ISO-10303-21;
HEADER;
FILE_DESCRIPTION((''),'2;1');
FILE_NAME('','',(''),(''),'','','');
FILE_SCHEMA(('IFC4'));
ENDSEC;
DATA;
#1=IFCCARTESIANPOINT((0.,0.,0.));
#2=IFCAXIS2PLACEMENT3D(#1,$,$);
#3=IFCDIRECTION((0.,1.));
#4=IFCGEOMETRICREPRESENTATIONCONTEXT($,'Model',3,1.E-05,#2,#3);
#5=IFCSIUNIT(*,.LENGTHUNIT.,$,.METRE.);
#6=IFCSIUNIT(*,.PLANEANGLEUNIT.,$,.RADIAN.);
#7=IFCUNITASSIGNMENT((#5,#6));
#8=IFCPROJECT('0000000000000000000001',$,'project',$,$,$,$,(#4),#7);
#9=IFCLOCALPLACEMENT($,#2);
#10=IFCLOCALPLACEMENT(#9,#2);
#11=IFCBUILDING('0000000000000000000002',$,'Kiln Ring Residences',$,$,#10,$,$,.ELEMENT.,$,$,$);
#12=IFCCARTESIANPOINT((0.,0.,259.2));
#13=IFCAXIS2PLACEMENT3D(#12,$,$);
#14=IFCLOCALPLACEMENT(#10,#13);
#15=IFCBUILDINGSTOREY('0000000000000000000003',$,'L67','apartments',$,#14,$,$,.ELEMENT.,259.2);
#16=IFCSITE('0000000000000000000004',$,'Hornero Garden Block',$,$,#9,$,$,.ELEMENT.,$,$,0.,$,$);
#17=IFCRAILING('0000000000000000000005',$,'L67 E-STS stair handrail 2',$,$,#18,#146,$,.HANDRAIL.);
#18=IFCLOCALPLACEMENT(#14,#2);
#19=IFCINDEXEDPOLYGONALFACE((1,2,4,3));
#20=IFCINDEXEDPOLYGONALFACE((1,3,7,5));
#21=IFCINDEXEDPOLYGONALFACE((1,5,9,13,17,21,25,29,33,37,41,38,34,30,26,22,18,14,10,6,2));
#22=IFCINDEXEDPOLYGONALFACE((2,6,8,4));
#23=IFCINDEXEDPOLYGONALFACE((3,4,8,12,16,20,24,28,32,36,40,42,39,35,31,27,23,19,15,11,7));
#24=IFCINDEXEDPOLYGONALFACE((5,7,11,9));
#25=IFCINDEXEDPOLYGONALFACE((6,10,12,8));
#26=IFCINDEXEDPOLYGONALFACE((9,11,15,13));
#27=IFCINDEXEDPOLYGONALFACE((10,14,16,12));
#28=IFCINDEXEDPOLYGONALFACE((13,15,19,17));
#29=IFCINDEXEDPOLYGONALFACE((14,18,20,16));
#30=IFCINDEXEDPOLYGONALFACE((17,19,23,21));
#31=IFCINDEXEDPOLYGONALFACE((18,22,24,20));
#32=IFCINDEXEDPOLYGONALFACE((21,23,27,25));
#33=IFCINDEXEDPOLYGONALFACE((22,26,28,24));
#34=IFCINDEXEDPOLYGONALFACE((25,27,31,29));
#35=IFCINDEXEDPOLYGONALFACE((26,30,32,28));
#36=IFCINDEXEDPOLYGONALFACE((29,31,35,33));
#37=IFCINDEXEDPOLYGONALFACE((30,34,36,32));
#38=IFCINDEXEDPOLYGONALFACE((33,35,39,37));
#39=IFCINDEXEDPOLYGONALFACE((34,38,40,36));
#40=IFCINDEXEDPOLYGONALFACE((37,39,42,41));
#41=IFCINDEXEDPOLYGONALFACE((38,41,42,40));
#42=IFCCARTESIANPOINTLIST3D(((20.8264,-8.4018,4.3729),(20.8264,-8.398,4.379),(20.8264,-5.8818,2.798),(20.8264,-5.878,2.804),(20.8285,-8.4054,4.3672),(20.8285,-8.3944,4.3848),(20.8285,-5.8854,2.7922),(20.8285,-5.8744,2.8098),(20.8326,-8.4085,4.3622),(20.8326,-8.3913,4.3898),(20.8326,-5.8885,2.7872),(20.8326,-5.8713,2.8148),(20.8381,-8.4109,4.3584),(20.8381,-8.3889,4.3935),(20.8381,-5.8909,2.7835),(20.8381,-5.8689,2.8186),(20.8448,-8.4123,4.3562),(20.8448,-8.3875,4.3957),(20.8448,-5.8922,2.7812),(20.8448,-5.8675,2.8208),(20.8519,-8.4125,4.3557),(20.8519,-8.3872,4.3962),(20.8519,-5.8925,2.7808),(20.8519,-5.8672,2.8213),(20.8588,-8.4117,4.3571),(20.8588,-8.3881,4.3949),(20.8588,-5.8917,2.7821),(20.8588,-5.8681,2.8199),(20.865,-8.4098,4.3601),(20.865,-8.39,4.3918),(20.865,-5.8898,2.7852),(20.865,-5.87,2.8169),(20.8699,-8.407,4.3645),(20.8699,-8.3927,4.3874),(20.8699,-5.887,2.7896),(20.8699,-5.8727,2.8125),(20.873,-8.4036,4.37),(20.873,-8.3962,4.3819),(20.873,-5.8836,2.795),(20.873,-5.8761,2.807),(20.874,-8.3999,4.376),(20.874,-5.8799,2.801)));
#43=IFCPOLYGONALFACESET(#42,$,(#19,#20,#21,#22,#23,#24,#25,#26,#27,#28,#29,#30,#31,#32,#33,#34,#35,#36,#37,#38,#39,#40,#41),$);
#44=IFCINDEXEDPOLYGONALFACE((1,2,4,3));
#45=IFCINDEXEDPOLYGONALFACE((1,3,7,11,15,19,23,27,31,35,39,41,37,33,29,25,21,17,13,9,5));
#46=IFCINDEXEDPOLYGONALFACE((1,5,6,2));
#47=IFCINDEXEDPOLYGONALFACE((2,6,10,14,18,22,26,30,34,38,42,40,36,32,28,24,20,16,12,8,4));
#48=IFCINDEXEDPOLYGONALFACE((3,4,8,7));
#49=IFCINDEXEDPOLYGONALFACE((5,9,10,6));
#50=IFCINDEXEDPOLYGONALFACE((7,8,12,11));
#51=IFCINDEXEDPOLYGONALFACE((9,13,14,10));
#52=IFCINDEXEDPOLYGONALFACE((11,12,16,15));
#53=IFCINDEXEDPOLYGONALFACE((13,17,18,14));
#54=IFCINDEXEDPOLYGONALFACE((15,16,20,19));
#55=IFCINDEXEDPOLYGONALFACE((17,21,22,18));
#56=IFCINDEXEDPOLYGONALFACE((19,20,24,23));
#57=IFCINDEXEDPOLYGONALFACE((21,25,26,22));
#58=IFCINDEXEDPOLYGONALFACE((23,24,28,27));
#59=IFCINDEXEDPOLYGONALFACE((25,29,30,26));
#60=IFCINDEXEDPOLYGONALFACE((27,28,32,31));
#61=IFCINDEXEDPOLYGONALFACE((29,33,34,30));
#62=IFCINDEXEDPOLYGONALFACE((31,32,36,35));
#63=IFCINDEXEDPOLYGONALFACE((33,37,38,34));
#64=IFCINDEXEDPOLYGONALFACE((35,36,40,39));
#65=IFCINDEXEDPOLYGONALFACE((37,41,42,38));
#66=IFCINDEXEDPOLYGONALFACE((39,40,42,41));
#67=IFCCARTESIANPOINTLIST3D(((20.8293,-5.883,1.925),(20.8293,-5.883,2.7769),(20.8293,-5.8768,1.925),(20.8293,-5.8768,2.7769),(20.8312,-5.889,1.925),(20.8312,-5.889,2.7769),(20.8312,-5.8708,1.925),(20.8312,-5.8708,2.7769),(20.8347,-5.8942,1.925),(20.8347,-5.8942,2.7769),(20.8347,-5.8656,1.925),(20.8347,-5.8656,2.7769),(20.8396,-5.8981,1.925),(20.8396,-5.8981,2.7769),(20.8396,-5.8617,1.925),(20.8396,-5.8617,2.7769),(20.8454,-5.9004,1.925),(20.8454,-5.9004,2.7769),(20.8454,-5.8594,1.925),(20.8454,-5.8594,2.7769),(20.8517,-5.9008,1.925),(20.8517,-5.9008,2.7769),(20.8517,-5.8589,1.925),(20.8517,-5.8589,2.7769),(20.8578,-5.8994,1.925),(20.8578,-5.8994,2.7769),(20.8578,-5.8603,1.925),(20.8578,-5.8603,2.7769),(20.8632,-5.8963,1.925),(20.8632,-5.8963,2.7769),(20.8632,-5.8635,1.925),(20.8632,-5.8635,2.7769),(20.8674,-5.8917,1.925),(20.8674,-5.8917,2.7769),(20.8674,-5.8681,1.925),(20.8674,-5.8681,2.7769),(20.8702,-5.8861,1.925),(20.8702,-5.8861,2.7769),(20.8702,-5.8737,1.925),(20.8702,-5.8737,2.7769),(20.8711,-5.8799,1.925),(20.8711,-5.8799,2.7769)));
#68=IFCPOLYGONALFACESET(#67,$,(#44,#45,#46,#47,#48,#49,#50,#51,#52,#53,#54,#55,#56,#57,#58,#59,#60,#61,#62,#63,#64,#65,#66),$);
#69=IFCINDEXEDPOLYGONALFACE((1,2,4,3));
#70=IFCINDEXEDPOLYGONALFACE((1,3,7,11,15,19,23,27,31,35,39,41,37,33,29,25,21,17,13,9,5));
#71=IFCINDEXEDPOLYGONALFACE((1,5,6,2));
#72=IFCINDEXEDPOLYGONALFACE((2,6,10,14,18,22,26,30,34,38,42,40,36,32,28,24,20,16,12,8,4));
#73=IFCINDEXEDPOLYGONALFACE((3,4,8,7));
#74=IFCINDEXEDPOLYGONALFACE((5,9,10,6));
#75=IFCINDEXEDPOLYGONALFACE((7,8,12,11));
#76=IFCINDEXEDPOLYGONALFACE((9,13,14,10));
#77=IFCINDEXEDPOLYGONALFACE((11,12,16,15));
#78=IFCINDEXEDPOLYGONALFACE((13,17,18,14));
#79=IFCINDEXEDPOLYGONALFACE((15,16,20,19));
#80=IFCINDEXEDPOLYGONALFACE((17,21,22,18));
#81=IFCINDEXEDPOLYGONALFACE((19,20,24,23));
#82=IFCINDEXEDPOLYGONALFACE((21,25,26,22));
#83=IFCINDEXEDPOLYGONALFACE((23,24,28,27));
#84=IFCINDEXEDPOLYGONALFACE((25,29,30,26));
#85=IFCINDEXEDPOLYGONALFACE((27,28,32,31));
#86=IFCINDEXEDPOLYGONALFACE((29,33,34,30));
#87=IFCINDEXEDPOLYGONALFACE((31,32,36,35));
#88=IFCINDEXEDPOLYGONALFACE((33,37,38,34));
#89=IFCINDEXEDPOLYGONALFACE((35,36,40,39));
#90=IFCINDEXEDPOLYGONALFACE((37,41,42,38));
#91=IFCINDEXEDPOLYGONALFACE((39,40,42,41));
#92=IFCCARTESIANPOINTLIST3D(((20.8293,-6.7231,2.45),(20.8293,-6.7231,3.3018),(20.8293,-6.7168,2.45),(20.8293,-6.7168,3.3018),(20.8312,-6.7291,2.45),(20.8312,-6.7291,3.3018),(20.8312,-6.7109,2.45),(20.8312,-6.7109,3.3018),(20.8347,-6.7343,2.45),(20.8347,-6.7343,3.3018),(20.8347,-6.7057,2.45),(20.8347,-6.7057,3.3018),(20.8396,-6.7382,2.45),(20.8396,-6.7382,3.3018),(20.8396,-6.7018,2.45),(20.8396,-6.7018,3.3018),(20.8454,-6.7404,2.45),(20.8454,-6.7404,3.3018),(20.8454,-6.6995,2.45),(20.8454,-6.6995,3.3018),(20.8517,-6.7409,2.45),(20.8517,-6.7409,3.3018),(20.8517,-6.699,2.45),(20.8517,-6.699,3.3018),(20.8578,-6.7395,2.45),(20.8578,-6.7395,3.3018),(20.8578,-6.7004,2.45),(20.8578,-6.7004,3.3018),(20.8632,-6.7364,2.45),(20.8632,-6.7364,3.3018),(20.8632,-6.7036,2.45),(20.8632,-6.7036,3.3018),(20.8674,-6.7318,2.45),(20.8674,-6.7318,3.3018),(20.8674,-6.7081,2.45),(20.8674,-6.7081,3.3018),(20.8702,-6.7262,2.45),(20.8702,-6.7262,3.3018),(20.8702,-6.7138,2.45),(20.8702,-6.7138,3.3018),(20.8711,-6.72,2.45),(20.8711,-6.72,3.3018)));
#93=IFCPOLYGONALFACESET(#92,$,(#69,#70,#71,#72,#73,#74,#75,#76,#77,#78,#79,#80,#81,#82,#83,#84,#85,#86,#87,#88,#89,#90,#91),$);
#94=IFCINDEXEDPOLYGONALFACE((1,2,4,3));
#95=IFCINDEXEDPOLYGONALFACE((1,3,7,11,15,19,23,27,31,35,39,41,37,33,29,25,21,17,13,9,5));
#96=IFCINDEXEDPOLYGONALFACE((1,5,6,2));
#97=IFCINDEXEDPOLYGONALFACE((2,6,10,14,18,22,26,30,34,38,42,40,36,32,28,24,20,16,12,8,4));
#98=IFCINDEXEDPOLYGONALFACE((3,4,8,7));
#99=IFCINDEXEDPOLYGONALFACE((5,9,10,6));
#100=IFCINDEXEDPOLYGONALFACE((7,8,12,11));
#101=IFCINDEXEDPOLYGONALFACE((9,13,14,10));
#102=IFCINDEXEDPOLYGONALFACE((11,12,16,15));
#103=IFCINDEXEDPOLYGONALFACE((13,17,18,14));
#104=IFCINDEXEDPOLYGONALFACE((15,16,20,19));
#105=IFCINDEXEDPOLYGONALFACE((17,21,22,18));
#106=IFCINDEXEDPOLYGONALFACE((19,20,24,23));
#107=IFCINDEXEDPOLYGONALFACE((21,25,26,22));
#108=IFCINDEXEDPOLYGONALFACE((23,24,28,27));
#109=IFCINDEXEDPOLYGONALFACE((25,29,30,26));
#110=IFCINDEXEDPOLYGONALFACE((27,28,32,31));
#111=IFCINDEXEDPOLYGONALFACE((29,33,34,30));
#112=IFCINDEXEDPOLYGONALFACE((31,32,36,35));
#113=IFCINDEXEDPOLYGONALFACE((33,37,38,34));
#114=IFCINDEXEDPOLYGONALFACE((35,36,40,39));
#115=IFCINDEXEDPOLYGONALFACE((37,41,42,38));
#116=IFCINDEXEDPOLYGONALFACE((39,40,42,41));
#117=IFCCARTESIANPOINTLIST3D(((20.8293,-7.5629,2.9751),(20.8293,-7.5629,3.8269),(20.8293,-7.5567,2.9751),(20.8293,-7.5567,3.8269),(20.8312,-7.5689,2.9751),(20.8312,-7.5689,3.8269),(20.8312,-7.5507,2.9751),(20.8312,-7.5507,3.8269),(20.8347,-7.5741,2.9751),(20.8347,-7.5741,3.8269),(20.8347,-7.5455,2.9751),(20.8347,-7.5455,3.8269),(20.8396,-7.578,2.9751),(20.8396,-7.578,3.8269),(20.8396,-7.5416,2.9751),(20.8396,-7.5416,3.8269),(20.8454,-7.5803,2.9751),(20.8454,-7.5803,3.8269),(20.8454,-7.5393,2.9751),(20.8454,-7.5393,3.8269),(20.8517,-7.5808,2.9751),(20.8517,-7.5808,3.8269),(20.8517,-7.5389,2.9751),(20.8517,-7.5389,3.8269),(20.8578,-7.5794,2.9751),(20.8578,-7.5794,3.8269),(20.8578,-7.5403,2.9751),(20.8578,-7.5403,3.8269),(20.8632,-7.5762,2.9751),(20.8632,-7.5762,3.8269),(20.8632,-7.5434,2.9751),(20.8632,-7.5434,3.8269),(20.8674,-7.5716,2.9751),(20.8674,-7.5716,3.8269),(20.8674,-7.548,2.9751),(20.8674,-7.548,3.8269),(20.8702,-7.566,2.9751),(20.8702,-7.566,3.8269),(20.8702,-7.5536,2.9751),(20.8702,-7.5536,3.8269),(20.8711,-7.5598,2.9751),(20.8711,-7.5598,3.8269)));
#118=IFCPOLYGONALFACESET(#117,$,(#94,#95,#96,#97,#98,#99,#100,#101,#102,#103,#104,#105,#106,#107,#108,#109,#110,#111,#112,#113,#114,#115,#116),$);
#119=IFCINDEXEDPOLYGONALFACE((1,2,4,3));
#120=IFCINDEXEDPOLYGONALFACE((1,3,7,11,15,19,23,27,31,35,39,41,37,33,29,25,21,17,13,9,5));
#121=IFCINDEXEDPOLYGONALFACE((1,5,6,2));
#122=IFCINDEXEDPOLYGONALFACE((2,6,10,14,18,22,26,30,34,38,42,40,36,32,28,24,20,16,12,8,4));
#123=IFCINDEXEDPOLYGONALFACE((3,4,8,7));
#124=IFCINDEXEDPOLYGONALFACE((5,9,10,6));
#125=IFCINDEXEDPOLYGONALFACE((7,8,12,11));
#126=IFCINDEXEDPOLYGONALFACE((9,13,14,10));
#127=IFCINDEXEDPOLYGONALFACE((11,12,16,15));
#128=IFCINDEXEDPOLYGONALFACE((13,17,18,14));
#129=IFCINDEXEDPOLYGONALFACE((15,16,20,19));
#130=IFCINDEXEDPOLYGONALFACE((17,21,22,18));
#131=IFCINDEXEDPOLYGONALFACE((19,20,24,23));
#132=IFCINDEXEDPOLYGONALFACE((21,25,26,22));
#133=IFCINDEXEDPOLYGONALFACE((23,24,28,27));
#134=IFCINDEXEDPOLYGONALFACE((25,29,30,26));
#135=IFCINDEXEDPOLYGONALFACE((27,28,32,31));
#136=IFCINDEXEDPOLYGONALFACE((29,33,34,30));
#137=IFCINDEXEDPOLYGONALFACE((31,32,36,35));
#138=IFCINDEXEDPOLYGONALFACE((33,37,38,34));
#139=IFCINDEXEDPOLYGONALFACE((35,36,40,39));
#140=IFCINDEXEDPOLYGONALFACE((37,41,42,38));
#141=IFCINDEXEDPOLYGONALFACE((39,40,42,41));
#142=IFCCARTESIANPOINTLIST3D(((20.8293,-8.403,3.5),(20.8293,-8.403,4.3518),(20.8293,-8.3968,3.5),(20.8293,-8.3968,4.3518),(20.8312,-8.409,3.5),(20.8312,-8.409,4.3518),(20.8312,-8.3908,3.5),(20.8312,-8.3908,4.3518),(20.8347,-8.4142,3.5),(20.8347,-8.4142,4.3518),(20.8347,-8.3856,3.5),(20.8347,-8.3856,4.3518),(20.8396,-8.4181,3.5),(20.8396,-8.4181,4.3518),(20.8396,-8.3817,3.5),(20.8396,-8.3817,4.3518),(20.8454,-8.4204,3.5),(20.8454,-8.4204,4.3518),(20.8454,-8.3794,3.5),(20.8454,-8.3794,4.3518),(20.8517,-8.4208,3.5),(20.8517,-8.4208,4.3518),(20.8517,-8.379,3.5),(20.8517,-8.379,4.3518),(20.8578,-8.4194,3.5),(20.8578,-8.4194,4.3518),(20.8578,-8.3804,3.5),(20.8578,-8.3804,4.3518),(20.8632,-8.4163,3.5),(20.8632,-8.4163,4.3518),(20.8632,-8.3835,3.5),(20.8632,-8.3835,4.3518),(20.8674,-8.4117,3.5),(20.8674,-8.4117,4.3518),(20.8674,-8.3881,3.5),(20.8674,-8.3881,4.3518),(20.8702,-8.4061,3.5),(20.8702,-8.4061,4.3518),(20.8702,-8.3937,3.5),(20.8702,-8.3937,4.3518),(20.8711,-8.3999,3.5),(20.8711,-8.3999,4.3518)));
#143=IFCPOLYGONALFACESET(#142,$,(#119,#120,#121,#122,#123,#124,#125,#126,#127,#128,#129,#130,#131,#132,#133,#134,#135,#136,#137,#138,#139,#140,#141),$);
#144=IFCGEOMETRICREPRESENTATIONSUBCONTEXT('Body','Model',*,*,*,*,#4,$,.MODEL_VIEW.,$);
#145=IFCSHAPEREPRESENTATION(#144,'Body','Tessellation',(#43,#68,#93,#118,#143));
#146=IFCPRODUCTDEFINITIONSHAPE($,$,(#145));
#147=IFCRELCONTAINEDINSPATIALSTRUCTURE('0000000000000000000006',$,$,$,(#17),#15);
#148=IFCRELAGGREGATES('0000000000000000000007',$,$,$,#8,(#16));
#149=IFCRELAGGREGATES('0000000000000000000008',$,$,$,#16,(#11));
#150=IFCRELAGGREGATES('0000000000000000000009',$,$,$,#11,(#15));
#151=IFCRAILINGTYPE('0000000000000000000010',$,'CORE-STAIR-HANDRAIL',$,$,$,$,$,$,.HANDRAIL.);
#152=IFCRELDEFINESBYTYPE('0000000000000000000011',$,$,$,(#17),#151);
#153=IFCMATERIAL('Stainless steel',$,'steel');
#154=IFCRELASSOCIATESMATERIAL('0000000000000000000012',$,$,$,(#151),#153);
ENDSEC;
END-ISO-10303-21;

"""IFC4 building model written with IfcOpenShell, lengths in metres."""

from ifc_helpers import new_model, si_unit, direction, frame, origin, origin_2d, place, context, subcontext, project, spatial, circle, extrude, material, type_object, element, save


model = new_model("IFC4")

# Units and contexts
model_context = context("Model", 3, precision=1e-05, world=origin(), true_north=direction((0.0, 1.0)))
body_context = subcontext(model_context, "Body", "Model", "MODEL_VIEW")
ifc_project = project(units=[si_unit("LENGTHUNIT", "METRE"), si_unit("PLANEANGLEUNIT", "RADIAN")], contexts=[model_context])

# Site, building, storey
site_placement = place(None, origin())
site = spatial("IfcSite", under=ifc_project, at=site_placement, Name="Hornero Garden Block", CompositionType="ELEMENT", RefElevation=0.0)
building_placement = place(site_placement, origin())
building = spatial("IfcBuilding", under=site, at=building_placement, Name="Kiln Ring Residences", CompositionType="ELEMENT")
storey_placement = place(building_placement, frame((0.0, 0.0, 259.2)))
storey = spatial("IfcBuildingStorey", under=building, at=storey_placement, Name="L67", Description="apartments", CompositionType="ELEMENT", Elevation=259.2)

# Railing
ifc_material_1 = material(Name="Stainless steel", Category="steel")
railing_type_1 = type_object("IfcRailingType", Name="CORE-STAIR-HANDRAIL", PredefinedType="HANDRAIL", material=ifc_material_1)
railing_1_placement = place(storey_placement, frame((20.8501, -5.8799, 1.925)))
element("IfcRailing", 1, at=railing_1_placement, inside=storey, type_object=railing_type_1, Name="L67 E-STS stair handrail 2", PredefinedType="HANDRAIL", context=body_context, shape_type="SweptSolid", body=[
    extrude(circle(Radius=0.0239, at=origin_2d()), frame((0.0, 0.0, 0.876), z_axis=(0.0, -0.848008, 0.529984), x_axis=(1.0, 0.0, 0.0)), (0.0, 0.0, 1.0), 2.9717),
    extrude(circle(Radius=0.021, at=origin_2d()), origin(), (0.0, 0.0, 1.0), 0.8518),
    extrude(circle(Radius=0.021, at=origin_2d()), frame((0.0, -0.8401, 0.5249)), (0.0, 0.0, 1.0), 0.8518),
    extrude(circle(Radius=0.021, at=origin_2d()), frame((0.0, -1.6799, 1.05)), (0.0, 0.0, 1.0), 0.8518),
    extrude(circle(Radius=0.021, at=origin_2d()), frame((0.0, -2.52, 1.575)), (0.0, 0.0, 1.0), 0.8518),
])

save(model, "model.ifc")
